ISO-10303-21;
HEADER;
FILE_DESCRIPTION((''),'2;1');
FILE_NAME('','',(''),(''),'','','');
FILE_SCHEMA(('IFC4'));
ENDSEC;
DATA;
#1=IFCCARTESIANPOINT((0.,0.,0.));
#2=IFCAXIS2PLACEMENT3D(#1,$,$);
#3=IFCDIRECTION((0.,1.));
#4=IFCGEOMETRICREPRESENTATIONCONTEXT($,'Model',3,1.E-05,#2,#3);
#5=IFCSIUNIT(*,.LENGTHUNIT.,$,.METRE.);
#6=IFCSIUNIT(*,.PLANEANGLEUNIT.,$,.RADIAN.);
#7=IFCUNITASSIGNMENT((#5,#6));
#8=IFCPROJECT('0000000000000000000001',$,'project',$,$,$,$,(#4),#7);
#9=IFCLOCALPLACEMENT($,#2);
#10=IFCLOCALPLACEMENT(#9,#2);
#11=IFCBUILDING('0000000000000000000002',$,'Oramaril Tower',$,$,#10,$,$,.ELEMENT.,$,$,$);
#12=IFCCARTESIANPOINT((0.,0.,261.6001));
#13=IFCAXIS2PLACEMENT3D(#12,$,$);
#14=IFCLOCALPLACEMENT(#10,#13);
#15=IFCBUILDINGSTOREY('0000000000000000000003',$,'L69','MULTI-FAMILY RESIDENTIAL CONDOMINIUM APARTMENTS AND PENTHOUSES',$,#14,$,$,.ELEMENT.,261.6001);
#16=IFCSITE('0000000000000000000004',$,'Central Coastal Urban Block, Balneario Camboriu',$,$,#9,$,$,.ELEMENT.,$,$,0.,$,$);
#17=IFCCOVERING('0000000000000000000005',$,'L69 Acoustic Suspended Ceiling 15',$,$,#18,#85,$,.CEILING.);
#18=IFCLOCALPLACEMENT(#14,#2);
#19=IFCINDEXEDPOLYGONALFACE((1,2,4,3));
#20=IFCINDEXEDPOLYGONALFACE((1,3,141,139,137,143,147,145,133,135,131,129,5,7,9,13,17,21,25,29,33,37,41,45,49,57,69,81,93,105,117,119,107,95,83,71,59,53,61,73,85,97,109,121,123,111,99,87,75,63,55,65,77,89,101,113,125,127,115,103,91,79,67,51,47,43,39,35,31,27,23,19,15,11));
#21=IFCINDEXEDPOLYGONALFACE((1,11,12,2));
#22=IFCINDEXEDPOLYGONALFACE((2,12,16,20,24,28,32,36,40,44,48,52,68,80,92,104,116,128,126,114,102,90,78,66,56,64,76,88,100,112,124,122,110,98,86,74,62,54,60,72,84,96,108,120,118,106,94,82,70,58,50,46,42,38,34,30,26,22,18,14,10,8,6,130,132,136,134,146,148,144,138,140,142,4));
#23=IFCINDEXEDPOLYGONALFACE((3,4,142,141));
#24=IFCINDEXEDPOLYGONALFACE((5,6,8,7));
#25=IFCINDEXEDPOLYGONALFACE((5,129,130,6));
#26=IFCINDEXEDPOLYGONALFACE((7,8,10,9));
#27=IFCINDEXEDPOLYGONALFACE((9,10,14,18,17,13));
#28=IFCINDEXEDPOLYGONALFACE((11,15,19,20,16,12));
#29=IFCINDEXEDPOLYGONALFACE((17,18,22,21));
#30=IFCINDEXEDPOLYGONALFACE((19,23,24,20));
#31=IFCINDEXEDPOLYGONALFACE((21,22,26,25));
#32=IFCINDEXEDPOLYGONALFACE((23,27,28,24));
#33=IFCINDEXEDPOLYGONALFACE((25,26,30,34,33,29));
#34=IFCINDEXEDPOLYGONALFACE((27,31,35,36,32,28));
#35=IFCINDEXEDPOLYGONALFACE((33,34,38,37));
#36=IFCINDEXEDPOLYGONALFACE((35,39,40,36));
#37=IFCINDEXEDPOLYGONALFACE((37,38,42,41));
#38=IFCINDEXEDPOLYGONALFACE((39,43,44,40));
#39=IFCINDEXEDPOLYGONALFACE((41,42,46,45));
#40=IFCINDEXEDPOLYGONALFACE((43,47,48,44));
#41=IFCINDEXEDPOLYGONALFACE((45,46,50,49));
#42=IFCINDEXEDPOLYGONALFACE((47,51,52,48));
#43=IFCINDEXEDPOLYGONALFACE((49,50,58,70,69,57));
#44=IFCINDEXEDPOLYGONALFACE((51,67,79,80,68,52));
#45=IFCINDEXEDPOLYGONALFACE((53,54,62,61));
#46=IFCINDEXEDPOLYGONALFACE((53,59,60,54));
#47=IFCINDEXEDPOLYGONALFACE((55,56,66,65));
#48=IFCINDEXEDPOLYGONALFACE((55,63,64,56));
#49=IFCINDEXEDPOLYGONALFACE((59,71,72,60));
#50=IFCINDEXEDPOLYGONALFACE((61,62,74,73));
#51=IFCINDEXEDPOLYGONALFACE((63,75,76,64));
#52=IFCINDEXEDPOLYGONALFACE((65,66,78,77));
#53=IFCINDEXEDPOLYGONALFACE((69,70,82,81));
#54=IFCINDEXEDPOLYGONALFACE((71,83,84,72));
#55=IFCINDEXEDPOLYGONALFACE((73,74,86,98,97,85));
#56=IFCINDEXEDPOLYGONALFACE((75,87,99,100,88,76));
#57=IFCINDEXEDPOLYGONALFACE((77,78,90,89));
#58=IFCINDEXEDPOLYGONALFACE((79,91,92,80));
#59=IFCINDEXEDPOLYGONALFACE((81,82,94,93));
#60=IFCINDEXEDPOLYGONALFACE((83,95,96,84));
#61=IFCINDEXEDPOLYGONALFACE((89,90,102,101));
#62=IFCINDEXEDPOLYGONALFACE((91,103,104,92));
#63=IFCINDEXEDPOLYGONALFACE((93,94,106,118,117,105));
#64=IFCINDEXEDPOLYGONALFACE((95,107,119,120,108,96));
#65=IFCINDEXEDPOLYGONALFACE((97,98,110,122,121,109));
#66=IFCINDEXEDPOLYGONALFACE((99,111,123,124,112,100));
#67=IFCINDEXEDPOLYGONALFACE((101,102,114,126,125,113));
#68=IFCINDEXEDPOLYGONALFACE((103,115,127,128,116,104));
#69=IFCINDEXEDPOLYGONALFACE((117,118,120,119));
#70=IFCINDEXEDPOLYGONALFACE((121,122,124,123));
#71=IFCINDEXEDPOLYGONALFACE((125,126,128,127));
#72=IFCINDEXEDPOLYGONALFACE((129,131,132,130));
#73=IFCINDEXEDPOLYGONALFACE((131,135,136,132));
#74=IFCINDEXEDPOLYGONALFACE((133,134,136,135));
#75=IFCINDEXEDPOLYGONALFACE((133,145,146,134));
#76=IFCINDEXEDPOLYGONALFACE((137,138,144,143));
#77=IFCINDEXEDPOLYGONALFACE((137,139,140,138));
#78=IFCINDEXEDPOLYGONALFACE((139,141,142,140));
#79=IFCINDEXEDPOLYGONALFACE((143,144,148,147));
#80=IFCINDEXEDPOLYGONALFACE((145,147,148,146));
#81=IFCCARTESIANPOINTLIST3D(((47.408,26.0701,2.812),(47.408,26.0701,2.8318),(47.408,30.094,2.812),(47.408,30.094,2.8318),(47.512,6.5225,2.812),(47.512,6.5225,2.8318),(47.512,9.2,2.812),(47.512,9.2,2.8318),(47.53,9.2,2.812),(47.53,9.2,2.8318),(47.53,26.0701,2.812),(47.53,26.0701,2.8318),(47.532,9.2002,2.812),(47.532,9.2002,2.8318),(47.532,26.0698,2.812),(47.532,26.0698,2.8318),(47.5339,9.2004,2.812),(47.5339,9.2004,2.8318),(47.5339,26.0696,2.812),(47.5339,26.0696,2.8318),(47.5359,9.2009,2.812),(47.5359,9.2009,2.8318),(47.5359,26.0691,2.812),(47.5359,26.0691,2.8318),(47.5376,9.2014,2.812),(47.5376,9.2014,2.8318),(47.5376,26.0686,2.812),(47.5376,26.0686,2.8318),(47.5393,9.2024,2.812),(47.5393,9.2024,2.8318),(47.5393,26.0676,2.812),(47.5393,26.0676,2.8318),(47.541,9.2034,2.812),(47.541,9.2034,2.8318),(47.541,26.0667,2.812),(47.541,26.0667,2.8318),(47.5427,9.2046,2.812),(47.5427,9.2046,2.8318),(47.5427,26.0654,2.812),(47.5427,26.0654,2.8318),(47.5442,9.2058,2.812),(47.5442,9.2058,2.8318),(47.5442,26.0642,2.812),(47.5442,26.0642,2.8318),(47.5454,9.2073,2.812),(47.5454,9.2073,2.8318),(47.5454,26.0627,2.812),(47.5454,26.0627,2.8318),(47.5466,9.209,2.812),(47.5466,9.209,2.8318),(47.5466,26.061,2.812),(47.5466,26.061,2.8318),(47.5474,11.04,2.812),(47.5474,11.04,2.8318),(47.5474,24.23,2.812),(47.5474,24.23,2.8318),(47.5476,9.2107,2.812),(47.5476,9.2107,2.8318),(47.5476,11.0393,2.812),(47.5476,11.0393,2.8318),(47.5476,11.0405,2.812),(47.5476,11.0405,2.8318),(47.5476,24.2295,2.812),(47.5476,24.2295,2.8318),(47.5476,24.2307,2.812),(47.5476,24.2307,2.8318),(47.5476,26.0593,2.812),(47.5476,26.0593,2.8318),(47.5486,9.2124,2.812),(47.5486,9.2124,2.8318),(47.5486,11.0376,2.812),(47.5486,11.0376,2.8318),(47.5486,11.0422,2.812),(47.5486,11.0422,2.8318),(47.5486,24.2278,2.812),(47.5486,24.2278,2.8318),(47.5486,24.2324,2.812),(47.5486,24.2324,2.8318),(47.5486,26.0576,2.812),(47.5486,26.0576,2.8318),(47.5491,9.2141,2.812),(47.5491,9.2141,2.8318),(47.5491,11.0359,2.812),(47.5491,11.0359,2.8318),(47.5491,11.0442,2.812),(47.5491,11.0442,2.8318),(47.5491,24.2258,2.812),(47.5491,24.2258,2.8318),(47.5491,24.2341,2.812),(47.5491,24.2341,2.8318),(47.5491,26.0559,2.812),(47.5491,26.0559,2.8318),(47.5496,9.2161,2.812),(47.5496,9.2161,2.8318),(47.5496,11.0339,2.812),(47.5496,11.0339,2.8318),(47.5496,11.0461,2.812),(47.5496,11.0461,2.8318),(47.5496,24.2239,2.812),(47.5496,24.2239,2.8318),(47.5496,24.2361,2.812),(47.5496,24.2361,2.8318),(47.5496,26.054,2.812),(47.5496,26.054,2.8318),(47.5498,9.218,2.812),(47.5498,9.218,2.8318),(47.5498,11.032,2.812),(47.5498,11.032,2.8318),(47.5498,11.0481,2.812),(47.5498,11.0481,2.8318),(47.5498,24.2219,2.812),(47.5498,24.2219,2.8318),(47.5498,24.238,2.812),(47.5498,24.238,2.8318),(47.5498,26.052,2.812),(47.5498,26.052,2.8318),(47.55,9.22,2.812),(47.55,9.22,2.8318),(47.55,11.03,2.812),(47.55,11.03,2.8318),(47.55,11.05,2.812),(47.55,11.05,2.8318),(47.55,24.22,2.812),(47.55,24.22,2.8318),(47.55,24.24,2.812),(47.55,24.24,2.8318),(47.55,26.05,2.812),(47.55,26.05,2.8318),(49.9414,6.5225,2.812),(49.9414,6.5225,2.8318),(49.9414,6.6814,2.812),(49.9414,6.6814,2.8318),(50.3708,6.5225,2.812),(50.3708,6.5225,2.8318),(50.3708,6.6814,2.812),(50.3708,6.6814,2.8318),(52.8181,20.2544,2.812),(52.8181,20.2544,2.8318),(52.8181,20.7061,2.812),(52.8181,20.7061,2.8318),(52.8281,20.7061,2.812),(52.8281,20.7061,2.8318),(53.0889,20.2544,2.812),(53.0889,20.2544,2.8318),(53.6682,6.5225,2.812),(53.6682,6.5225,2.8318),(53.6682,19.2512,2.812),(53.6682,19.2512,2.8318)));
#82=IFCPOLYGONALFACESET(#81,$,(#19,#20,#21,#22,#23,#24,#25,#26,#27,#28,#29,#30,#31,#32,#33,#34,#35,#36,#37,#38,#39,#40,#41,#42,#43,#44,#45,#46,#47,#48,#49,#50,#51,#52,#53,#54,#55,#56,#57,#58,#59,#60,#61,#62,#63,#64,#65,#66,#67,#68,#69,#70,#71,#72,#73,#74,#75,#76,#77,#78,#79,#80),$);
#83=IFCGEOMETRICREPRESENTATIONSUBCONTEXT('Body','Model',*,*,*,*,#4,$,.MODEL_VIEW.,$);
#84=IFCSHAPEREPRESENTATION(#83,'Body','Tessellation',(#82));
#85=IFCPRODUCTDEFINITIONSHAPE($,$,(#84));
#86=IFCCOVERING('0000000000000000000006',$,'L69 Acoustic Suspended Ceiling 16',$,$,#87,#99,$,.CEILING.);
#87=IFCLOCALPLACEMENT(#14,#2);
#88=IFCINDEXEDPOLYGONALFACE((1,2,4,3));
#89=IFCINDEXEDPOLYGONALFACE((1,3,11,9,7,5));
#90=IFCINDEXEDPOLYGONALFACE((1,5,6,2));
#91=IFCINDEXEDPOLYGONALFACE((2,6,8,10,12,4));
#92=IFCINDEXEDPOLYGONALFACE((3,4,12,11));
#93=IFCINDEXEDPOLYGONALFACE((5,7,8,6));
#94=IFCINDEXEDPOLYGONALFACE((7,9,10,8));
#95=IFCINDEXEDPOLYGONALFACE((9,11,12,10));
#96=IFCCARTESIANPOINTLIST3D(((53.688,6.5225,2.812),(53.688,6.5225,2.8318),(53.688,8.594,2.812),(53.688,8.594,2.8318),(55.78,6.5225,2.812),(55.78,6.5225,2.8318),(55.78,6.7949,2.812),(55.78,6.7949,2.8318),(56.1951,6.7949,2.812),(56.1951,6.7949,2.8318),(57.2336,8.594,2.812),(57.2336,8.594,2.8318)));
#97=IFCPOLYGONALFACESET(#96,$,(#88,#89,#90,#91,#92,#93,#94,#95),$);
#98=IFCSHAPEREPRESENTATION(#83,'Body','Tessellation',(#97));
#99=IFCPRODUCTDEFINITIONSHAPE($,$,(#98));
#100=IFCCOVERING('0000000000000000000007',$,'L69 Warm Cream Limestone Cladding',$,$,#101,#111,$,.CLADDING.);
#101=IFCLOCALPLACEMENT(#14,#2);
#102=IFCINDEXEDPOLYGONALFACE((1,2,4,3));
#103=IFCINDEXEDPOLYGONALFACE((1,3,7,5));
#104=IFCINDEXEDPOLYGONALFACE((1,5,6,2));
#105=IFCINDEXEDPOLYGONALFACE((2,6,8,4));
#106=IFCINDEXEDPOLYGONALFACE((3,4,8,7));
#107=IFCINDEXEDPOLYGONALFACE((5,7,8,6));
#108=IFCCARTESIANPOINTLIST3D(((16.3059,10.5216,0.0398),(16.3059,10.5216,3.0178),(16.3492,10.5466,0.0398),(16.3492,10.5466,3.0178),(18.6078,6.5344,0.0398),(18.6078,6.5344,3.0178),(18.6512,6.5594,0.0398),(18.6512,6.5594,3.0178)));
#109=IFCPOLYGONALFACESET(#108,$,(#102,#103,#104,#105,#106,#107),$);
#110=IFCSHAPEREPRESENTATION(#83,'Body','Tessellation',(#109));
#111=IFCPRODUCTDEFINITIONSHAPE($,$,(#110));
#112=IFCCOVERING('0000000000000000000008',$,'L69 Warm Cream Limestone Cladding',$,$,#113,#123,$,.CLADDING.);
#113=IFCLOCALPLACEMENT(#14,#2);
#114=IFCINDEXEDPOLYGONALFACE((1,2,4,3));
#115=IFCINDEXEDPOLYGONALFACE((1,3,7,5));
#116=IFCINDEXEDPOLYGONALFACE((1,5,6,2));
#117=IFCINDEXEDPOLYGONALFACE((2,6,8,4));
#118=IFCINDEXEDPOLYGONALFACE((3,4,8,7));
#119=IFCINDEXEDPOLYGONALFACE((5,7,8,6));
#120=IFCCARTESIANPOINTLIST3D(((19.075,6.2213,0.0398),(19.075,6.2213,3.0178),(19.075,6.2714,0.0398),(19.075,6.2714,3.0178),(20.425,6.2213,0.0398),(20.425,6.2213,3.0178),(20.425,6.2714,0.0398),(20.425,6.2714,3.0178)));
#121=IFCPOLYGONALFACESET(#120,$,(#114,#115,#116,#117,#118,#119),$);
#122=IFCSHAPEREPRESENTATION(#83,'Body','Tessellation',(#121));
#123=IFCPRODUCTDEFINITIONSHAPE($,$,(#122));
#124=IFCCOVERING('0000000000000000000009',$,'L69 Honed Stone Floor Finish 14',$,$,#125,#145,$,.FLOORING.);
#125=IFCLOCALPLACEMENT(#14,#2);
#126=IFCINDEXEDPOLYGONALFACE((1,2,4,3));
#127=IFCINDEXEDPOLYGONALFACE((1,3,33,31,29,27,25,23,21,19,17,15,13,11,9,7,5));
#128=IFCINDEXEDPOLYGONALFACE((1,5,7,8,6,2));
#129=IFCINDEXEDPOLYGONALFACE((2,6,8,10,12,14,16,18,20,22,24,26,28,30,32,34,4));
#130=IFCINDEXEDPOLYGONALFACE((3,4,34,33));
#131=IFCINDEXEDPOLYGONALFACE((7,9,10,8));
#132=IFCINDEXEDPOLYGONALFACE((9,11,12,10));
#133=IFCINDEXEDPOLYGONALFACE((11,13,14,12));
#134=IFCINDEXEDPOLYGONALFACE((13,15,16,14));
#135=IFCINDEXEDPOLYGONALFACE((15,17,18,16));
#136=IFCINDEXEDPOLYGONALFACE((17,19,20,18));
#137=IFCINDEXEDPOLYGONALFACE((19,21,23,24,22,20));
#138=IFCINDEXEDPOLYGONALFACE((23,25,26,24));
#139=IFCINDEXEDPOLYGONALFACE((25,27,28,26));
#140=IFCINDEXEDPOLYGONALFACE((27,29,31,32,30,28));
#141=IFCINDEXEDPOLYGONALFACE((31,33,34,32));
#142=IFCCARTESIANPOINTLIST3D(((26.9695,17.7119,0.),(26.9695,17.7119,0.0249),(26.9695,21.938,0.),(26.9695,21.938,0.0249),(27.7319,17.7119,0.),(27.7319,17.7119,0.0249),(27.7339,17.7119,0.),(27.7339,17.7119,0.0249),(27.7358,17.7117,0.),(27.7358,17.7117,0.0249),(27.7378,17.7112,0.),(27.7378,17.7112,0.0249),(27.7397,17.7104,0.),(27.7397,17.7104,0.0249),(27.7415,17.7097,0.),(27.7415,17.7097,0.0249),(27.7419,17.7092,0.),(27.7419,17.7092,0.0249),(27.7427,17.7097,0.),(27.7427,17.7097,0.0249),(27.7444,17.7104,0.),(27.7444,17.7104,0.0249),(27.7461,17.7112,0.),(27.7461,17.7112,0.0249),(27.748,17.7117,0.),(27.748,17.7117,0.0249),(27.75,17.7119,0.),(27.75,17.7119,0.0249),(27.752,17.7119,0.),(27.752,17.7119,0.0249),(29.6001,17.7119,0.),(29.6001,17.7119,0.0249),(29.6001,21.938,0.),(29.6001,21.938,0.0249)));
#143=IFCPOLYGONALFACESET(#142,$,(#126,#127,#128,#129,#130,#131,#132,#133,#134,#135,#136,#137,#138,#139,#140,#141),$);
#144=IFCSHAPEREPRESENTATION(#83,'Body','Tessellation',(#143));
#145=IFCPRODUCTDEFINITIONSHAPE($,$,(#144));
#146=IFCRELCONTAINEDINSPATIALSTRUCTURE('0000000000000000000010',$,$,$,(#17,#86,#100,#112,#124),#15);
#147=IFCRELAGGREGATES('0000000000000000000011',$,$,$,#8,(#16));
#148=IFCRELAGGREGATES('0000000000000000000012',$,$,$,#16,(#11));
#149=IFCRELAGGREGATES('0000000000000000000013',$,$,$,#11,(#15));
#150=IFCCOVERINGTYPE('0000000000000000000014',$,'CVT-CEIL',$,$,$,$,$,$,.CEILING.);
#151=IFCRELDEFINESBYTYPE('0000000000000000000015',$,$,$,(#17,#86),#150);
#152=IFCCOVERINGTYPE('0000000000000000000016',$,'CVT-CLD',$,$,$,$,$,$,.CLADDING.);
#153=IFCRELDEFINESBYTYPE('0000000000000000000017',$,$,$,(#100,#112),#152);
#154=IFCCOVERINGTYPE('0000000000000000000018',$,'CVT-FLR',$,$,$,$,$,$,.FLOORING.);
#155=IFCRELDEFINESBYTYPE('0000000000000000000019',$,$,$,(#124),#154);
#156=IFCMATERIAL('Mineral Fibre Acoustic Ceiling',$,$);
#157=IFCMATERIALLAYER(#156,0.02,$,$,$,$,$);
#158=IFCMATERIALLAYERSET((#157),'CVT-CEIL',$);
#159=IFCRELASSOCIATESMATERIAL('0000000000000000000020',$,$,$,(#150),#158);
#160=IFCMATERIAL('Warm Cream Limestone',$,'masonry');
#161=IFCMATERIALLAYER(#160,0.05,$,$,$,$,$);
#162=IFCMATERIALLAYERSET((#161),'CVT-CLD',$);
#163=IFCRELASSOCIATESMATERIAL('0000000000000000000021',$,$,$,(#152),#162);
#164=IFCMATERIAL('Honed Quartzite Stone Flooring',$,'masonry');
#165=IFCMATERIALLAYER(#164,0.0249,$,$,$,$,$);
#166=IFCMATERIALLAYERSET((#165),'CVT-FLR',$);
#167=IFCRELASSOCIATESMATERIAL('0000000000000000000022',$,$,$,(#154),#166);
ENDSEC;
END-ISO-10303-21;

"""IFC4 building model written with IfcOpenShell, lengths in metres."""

from ifc_helpers import new_model, si_unit, direction, frame, origin, origin_2d, place, context, subcontext, project, spatial, polyline, rectangle, outline, extrude, material, layer, layer_set, type_object, element, save


model = new_model("IFC4")

# Units and contexts
model_context = context("Model", 3, precision=1e-05, world=origin(), true_north=direction((0.0, 1.0)))
body_context = subcontext(model_context, "Body", "Model", "MODEL_VIEW")
ifc_project = project(units=[si_unit("LENGTHUNIT", "METRE"), si_unit("PLANEANGLEUNIT", "RADIAN")], contexts=[model_context])

# Site, building, storey
site_placement = place(None, origin())
site = spatial("IfcSite", under=ifc_project, at=site_placement, Name="Central Coastal Urban Block, Balneario Camboriu", CompositionType="ELEMENT", RefElevation=0.0)
building_placement = place(site_placement, origin())
building = spatial("IfcBuilding", under=site, at=building_placement, Name="Oramaril Tower", CompositionType="ELEMENT")
storey_placement = place(building_placement, frame((0.0, 0.0, 261.6001)))
storey = spatial("IfcBuildingStorey", under=building, at=storey_placement, Name="L69", Description="MULTI-FAMILY RESIDENTIAL CONDOMINIUM APARTMENTS AND PENTHOUSES", CompositionType="ELEMENT", Elevation=261.6001)

# Coverings
ifc_material_1 = material(Name="Mineral Fibre Acoustic Ceiling")
ifc_layer_1 = layer(ifc_material_1, 0.02)
ifc_layer_set_1 = layer_set([ifc_layer_1], Name="CVT-CEIL")
covering_type_1 = type_object("IfcCoveringType", Name="CVT-CEIL", PredefinedType="CEILING", material=ifc_layer_set_1)
covering_1_placement = place(storey_placement, frame((0.0, 0.0, 2.812)))
element("IfcCovering", 1, at=covering_1_placement, inside=storey, type_object=covering_type_1, Name="L69 Acoustic Suspended Ceiling 15", PredefinedType="CEILING", context=body_context, shape_type="SweptSolid", body=[
    extrude(outline(polyline([(52.8281, 20.7061), (52.8181, 20.7061), (52.8181, 20.2544), (53.0889, 20.2544), (53.6682, 19.2512), (53.6682, 6.5225), (50.3708, 6.5225), (50.3708, 6.6814), (49.9414, 6.6814), (49.9414, 6.5225), (47.512, 6.5225), (47.512, 9.2), (47.53, 9.2), (47.532, 9.2002), (47.5339, 9.2004), (47.5359, 9.2009), (47.5376, 9.2014), (47.5393, 9.2024), (47.541, 9.2034), (47.5427, 9.2046), (47.5442, 9.2058), (47.5454, 9.2073), (47.5466, 9.209), (47.5476, 9.2107), (47.5486, 9.2124), (47.5491, 9.2141), (47.5496, 9.2161), (47.5498, 9.218), (47.55, 9.22), (47.55, 11.03), (47.5498, 11.032), (47.5496, 11.0339), (47.5491, 11.0359), (47.5486, 11.0376), (47.5476, 11.0393), (47.5474, 11.04), (47.5476, 11.0405), (47.5486, 11.0422), (47.5491, 11.0442), (47.5496, 11.0461), (47.5498, 11.0481), (47.55, 11.05), (47.55, 24.22), (47.5498, 24.2219), (47.5496, 24.2239), (47.5491, 24.2258), (47.5486, 24.2278), (47.5476, 24.2295), (47.5474, 24.23), (47.5476, 24.2307), (47.5486, 24.2324), (47.5491, 24.2341), (47.5496, 24.2361), (47.5498, 24.238), (47.55, 24.24), (47.55, 26.05), (47.5498, 26.052), (47.5496, 26.054), (47.5491, 26.0559), (47.5486, 26.0576), (47.5476, 26.0593), (47.5466, 26.061), (47.5454, 26.0627), (47.5442, 26.0642), (47.5427, 26.0654), (47.541, 26.0667), (47.5393, 26.0676), (47.5376, 26.0686), (47.5359, 26.0691), (47.5339, 26.0696), (47.532, 26.0698), (47.53, 26.0701), (47.408, 26.0701), (47.408, 30.094), (52.8281, 20.7061)])), origin(), (0.0, 0.0, 1.0), 0.0198),
])
covering_2_placement = place(storey_placement, frame((0.0, 0.0, 2.812)))
element("IfcCovering", 2, at=covering_2_placement, inside=storey, type_object=covering_type_1, Name="L69 Acoustic Suspended Ceiling 16", PredefinedType="CEILING", context=body_context, shape_type="SweptSolid", body=[
    extrude(outline(polyline([(56.1951, 6.7949), (55.78, 6.7949), (55.78, 6.5225), (53.688, 6.5225), (53.688, 8.594), (57.2336, 8.594), (56.1951, 6.7949)])), origin(), (0.0, 0.0, 1.0), 0.0198),
])
ifc_material_2 = material(Name="Warm Cream Limestone", Category="masonry")
ifc_layer_2 = layer(ifc_material_2, 0.05)
ifc_layer_set_2 = layer_set([ifc_layer_2], Name="CVT-CLD")
covering_type_2 = type_object("IfcCoveringType", Name="CVT-CLD", PredefinedType="CLADDING", material=ifc_layer_set_2)
covering_3_placement = place(storey_placement, frame((17.4785, 8.5405, 0.0398), z_axis=(0.0, 0.0, 1.0), x_axis=(0.499991, -0.866031, 0.0)))
element("IfcCovering", 3, at=covering_3_placement, inside=storey, type_object=covering_type_2, Name="L69 Warm Cream Limestone Cladding", PredefinedType="CLADDING", context=body_context, shape_type="SweptSolid", body=[
    extrude(rectangle(XDim=4.604, YDim=0.05, at=origin_2d()), origin(), (0.0, 0.0, 1.0), 2.978),
])
covering_4_placement = place(storey_placement, frame((19.75, 6.2463, 0.0398), z_axis=(0.0, 0.0, 1.0), x_axis=(1.0, 0.0, 0.0)))
element("IfcCovering", 4, at=covering_4_placement, inside=storey, type_object=covering_type_2, Name="L69 Warm Cream Limestone Cladding", PredefinedType="CLADDING", context=body_context, shape_type="SweptSolid", body=[
    extrude(rectangle(XDim=1.3501, YDim=0.05, at=origin_2d()), origin(), (0.0, 0.0, 1.0), 2.978),
])
ifc_material_3 = material(Name="Honed Quartzite Stone Flooring", Category="masonry")
ifc_layer_3 = layer(ifc_material_3, 0.0249)
ifc_layer_set_3 = layer_set([ifc_layer_3], Name="CVT-FLR")
covering_type_3 = type_object("IfcCoveringType", Name="CVT-FLR", PredefinedType="FLOORING", material=ifc_layer_set_3)
covering_5_placement = place(storey_placement, origin())
element("IfcCovering", 5, at=covering_5_placement, inside=storey, type_object=covering_type_3, Name="L69 Honed Stone Floor Finish 14", PredefinedType="FLOORING", context=body_context, shape_type="SweptSolid", body=[
    extrude(outline(polyline([(29.6001, 17.7119), (27.752, 17.7119), (27.75, 17.7119), (27.748, 17.7117), (27.7461, 17.7112), (27.7444, 17.7104), (27.7427, 17.7097), (27.7419, 17.7092), (27.7415, 17.7097), (27.7397, 17.7104), (27.7378, 17.7112), (27.7358, 17.7117), (27.7339, 17.7119), (27.7319, 17.7119), (26.9695, 17.7119), (26.9695, 21.938), (29.6001, 21.938), (29.6001, 17.7119)])), origin(), (0.0, 0.0, 1.0), 0.0249),
])

save(model, "model.ifc")
